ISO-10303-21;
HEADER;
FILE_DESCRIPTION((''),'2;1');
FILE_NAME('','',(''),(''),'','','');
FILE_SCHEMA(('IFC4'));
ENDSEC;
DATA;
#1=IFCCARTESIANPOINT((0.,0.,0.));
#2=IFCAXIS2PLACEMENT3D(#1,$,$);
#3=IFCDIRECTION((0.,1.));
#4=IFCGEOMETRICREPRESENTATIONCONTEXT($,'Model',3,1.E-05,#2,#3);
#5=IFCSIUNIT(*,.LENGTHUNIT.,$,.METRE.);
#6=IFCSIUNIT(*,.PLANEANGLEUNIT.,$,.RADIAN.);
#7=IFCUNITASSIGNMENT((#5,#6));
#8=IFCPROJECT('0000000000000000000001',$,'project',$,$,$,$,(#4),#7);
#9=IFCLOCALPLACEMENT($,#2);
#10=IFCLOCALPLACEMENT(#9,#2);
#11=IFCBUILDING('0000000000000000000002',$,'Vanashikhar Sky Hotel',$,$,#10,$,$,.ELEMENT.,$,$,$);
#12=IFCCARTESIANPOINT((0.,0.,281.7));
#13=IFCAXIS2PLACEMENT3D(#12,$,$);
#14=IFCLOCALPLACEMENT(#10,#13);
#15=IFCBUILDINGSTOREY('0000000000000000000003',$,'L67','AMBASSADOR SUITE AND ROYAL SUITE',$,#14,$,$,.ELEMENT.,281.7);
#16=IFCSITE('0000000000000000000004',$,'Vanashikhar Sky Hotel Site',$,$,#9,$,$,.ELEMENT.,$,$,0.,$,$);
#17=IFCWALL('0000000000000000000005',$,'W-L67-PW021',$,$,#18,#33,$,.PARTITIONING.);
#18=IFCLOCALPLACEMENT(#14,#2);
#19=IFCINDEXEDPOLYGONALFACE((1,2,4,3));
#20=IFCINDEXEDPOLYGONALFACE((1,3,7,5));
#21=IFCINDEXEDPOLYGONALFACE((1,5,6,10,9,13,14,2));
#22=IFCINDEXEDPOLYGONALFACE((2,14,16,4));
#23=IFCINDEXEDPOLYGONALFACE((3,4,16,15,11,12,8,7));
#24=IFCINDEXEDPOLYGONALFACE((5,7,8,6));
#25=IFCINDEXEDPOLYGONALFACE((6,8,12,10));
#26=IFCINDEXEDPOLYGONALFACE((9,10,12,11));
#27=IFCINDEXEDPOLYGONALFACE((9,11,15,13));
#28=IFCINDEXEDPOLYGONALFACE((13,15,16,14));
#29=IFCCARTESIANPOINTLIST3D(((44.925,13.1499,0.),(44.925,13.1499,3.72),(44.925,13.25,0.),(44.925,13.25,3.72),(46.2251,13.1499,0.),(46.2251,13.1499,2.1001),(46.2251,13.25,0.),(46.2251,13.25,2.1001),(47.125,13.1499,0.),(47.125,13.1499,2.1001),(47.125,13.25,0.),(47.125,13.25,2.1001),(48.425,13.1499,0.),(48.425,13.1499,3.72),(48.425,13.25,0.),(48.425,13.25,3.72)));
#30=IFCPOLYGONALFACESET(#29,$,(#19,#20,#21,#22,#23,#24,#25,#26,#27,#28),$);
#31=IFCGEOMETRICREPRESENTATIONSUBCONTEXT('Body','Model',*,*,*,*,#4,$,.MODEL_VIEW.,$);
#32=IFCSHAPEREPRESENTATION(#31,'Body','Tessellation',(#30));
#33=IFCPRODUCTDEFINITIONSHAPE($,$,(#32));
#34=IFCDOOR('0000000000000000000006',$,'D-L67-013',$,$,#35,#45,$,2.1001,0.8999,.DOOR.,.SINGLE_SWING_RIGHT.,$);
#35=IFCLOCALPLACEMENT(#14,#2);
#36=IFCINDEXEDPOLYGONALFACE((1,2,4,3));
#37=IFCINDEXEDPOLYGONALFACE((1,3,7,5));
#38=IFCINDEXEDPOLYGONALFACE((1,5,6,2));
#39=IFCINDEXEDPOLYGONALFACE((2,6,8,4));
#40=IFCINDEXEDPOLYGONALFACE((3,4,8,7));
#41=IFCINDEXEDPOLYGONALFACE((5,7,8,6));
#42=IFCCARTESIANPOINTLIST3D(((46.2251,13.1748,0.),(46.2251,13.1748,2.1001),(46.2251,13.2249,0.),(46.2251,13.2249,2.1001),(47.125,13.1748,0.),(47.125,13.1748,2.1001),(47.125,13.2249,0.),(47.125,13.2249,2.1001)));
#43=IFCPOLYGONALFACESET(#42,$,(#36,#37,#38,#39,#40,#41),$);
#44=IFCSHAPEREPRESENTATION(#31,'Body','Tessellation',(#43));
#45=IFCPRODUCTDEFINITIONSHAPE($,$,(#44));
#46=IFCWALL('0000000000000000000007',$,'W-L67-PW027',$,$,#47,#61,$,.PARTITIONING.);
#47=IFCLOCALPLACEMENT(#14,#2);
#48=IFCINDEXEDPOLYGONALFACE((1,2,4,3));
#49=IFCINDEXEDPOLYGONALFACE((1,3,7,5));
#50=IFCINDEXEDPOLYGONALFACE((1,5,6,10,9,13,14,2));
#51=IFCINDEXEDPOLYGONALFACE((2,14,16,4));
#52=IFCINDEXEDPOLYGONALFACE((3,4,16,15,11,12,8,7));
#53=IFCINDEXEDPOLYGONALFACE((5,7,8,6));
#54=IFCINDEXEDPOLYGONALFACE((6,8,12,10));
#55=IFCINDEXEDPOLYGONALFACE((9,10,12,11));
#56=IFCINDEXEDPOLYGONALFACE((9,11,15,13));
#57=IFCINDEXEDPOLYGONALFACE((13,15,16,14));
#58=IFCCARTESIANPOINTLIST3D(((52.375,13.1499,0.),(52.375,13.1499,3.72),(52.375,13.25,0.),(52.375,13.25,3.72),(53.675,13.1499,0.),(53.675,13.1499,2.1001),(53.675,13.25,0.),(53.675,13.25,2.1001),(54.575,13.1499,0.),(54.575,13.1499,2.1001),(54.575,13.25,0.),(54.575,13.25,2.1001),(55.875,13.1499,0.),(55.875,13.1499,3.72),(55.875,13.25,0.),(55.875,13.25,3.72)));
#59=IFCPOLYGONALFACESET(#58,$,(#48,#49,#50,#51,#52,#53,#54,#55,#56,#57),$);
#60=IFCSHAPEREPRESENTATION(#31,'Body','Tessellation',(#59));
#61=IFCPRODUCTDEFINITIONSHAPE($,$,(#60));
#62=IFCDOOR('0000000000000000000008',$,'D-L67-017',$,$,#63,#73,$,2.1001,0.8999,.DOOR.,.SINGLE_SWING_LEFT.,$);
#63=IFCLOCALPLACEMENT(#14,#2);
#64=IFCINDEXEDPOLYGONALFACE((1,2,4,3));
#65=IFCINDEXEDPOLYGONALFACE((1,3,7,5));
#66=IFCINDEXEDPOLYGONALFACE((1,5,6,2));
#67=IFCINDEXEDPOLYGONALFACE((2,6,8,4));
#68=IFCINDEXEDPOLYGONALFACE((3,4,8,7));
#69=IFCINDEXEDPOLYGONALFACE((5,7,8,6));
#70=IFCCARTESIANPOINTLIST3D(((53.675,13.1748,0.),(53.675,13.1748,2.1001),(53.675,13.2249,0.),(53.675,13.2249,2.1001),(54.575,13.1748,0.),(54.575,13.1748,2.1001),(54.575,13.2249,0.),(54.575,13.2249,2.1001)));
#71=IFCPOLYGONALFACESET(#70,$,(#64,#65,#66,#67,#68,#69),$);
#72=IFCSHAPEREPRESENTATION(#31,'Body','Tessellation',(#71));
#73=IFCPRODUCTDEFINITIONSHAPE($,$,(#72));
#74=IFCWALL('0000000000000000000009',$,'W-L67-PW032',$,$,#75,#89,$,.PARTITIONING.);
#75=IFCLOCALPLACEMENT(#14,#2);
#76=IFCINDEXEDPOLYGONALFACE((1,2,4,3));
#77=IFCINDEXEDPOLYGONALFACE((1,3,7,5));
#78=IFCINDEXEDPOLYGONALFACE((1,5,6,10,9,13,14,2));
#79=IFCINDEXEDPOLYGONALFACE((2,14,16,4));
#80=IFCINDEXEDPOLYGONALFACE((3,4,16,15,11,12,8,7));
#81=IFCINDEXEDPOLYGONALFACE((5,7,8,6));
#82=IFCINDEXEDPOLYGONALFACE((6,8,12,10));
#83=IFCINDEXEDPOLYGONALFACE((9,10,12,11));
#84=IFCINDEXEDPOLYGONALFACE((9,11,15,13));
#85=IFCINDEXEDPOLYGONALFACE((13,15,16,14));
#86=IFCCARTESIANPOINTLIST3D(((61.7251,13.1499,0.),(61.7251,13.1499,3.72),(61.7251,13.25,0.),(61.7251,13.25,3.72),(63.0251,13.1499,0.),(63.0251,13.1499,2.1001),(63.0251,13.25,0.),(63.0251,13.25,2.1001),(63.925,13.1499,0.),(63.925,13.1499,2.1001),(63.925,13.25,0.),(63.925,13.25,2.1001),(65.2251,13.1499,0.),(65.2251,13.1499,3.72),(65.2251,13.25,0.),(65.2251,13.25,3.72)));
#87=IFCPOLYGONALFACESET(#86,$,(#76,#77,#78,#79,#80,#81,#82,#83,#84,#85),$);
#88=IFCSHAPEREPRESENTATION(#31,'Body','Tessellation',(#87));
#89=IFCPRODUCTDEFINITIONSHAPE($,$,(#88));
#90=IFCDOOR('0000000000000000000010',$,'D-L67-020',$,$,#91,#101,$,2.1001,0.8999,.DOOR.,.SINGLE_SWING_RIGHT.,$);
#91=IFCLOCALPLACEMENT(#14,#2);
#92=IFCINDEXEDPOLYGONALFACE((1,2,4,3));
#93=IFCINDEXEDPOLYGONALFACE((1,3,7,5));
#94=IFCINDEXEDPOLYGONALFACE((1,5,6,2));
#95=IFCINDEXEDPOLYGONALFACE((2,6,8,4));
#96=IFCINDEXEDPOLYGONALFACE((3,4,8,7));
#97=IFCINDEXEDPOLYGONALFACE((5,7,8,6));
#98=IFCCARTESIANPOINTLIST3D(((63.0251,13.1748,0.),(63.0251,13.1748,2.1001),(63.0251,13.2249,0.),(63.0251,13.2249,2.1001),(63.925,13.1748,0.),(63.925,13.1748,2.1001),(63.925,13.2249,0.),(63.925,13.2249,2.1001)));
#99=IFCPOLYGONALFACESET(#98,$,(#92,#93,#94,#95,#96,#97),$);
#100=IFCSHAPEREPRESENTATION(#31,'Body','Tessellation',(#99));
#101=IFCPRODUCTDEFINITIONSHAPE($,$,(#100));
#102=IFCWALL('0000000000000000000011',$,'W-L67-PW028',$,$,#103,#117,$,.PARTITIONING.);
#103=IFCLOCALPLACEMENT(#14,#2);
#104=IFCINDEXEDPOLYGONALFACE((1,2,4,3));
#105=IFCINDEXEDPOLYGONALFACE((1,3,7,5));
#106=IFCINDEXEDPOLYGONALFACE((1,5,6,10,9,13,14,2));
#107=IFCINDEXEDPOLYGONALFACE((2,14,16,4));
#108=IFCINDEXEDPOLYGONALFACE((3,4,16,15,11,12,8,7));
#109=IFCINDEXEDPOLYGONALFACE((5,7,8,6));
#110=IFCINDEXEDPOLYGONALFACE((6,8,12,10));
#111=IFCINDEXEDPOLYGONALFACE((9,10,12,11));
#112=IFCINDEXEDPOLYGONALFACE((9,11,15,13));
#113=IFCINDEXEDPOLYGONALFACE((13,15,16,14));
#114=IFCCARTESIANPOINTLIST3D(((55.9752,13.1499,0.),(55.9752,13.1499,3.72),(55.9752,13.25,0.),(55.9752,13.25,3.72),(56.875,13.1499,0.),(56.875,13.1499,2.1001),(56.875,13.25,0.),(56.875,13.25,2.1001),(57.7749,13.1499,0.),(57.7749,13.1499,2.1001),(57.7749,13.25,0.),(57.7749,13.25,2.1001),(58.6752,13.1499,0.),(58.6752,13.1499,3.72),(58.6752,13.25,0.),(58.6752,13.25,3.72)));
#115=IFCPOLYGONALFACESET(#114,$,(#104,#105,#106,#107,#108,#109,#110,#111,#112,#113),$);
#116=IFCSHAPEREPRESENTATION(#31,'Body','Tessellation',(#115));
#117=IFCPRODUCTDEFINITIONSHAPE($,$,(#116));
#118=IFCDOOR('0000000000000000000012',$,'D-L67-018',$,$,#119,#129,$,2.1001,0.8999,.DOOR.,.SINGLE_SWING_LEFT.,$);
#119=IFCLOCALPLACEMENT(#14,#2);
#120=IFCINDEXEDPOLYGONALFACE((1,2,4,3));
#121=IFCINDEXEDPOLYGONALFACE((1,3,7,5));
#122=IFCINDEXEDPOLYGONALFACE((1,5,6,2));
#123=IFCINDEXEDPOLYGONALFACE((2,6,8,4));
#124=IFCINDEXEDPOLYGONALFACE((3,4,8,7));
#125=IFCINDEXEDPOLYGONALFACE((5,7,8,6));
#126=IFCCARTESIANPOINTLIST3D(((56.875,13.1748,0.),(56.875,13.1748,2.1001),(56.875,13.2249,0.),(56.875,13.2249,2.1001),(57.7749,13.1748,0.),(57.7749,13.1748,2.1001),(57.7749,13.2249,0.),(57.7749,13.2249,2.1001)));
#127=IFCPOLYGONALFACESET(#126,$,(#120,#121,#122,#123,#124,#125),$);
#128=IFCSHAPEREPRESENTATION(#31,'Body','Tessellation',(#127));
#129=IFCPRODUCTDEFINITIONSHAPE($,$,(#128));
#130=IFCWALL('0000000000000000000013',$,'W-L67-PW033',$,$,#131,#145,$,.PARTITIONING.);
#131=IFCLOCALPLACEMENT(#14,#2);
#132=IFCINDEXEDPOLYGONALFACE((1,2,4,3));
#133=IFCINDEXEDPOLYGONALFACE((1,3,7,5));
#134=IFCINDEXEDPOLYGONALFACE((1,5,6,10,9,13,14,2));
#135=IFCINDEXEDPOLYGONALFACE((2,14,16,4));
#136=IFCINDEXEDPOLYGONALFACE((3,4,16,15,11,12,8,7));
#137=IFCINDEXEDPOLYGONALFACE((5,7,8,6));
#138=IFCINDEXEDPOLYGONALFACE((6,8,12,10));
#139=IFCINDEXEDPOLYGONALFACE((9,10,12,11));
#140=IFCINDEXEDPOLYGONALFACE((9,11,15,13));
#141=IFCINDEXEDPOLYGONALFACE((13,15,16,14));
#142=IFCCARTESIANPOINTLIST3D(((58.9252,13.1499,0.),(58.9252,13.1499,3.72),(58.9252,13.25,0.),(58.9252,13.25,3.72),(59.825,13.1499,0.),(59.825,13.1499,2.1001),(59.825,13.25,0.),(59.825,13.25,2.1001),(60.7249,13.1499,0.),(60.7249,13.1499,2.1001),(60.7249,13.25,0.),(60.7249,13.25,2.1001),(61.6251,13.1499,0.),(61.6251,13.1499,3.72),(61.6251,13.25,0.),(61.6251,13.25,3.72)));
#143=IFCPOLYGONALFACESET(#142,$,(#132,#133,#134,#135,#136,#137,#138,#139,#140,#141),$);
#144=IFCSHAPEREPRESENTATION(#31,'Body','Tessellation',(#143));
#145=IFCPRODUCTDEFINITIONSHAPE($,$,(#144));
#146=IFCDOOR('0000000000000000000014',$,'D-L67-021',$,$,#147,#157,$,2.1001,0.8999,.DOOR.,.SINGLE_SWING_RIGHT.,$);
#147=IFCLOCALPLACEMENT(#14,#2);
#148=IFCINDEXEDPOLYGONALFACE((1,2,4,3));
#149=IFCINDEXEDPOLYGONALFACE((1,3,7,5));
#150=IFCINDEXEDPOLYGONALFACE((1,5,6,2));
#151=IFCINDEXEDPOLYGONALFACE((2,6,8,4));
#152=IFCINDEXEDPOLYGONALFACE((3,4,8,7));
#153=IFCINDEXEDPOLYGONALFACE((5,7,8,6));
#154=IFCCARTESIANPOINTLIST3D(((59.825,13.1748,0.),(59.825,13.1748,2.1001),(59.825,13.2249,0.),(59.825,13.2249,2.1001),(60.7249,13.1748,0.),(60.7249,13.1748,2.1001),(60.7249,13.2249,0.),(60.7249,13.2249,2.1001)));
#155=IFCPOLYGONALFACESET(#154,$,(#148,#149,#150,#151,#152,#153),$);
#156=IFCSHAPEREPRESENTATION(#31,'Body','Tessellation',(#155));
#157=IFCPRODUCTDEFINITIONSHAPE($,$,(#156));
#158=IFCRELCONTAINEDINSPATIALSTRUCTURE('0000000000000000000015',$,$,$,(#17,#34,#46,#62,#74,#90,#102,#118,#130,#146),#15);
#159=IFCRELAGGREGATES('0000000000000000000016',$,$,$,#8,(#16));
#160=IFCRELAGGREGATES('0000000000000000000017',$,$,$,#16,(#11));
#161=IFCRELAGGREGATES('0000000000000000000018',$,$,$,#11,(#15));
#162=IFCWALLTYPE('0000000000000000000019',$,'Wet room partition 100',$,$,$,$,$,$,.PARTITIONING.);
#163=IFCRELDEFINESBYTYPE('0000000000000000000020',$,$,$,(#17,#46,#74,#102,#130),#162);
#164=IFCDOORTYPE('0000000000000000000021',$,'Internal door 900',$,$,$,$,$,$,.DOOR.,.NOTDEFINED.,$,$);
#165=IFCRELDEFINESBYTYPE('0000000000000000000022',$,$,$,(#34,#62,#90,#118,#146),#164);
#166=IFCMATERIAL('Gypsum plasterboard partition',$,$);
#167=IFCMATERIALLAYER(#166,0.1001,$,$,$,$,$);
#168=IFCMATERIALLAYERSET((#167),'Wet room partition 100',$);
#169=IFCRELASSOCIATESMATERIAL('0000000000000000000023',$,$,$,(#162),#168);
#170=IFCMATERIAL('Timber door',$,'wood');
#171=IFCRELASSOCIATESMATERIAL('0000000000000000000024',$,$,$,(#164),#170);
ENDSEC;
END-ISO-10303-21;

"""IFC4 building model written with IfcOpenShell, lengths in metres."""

from ifc_helpers import new_model, si_unit, direction, frame, frame_2d, origin, place, context, subcontext, project, spatial, rectangle, extrude, source, transform, mapped, material, layer, layer_set, type_object, element, fill, save


model = new_model("IFC4")

# Units and contexts
model_context = context("Model", 3, precision=1e-05, world=origin(), true_north=direction((0.0, 1.0)))
body_context = subcontext(model_context, "Body", "Model", "MODEL_VIEW")
ifc_project = project(units=[si_unit("LENGTHUNIT", "METRE"), si_unit("PLANEANGLEUNIT", "RADIAN")], contexts=[model_context])

# Site, building, storey
site_placement = place(None, origin())
site = spatial("IfcSite", under=ifc_project, at=site_placement, Name="Vanashikhar Sky Hotel Site", CompositionType="ELEMENT", RefElevation=0.0)
building_placement = place(site_placement, origin())
building = spatial("IfcBuilding", under=site, at=building_placement, Name="Vanashikhar Sky Hotel", CompositionType="ELEMENT")
storey_placement = place(building_placement, frame((0.0, 0.0, 281.7)))
storey = spatial("IfcBuildingStorey", under=building, at=storey_placement, Name="L67", Description="AMBASSADOR SUITE AND ROYAL SUITE", CompositionType="ELEMENT", Elevation=281.7)

# Shared definitions
ifc_material_1 = material(Name="Gypsum plasterboard partition")
ifc_layer_1 = layer(ifc_material_1, 0.1001)
ifc_layer_set_1 = layer_set([ifc_layer_1], Name="Wet room partition 100")
wall_type_1 = type_object("IfcWallType", Name="Wet room partition 100", PredefinedType="PARTITIONING", material=ifc_layer_set_1)

# Walls, openings, doors
shared_shape_1 = source(origin(), body_context, "Body", "SweptSolid", [
    extrude(rectangle(XDim=3.5, YDim=0.1001, at=frame_2d((1.75, 0.0))), origin(), (0.0, 0.0, 1.0), 3.72),
])
wall_1_placement = place(storey_placement, frame((44.925, 13.2, 0.0), z_axis=(0.0, 0.0, 1.0), x_axis=(1.0, 0.0, 0.0)))
wall_1 = element("IfcWall", 1, at=wall_1_placement, inside=storey, type_object=wall_type_1, Name="W-L67-PW021", PredefinedType="PARTITIONING", context=body_context, shape_type="MappedRepresentation", body=[
    mapped(shared_shape_1, transform((0.0, 0.0, 0.0), scale=1.0)),
])
shared_shape_2 = source(origin(), body_context, "Body", "SweptSolid", [
    extrude(rectangle(XDim=0.8999, YDim=2.1001, at=frame_2d((0.45, 1.05))), frame((0.0, 0.0601, 0.0), z_axis=(0.0, -1.0, 0.0), x_axis=(1.0, 0.0, 0.0)), (0.0, 0.0, 1.0), 0.1201),
])
opening_1_placement = place(wall_1_placement, frame((1.3, 0.0, 0.0)))
opening_1 = element("IfcOpeningElement", 2, at=opening_1_placement, cuts=wall_1, PredefinedType="OPENING", context=body_context, shape_type="MappedRepresentation", body=[
    mapped(shared_shape_2, transform((0.0, 0.0, 0.0), scale=1.0)),
])
ifc_material_2 = material(Name="Timber door", Category="wood")
door_type_1 = type_object("IfcDoorType", Name="Internal door 900", OperationType="NOTDEFINED", PredefinedType="DOOR", material=ifc_material_2)
shared_shape_3 = source(origin(), body_context, "Body", "SweptSolid", [
    extrude(rectangle(XDim=0.8999, YDim=2.1001, at=frame_2d((0.45, 1.05))), frame((0.0, 0.0249, 0.0), z_axis=(0.0, -1.0, 0.0), x_axis=(1.0, 0.0, 0.0)), (0.0, 0.0, 1.0), 0.05),
])
door_1_placement = place(opening_1_placement, origin())
door_1 = element("IfcDoor", 3, at=door_1_placement, inside=storey, type_object=door_type_1, Name="D-L67-013", OperationType="SINGLE_SWING_RIGHT", OverallHeight=2.1001, OverallWidth=0.8999, PredefinedType="DOOR", context=body_context, shape_type="MappedRepresentation", body=[
    mapped(shared_shape_3, transform((0.0, 0.0, 0.0), scale=1.0)),
])
fill(opening_1, door_1)
wall_2_placement = place(storey_placement, frame((52.375, 13.2, 0.0), z_axis=(0.0, 0.0, 1.0), x_axis=(1.0, 0.0, 0.0)))
wall_2 = element("IfcWall", 4, at=wall_2_placement, inside=storey, type_object=wall_type_1, Name="W-L67-PW027", PredefinedType="PARTITIONING", context=body_context, shape_type="MappedRepresentation", body=[
    mapped(shared_shape_1, transform((0.0, 0.0, 0.0), scale=1.0)),
])
opening_2_placement = place(wall_2_placement, frame((1.3, 0.0, 0.0)))
opening_2 = element("IfcOpeningElement", 5, at=opening_2_placement, cuts=wall_2, PredefinedType="OPENING", context=body_context, shape_type="MappedRepresentation", body=[
    mapped(shared_shape_2, transform((0.0, 0.0, 0.0), scale=1.0)),
])
door_2_placement = place(opening_2_placement, origin())
door_2 = element("IfcDoor", 6, at=door_2_placement, inside=storey, type_object=door_type_1, Name="D-L67-017", OperationType="SINGLE_SWING_LEFT", OverallHeight=2.1001, OverallWidth=0.8999, PredefinedType="DOOR", context=body_context, shape_type="MappedRepresentation", body=[
    mapped(shared_shape_3, transform((0.0, 0.0, 0.0), scale=1.0)),
])
fill(opening_2, door_2)
wall_3_placement = place(storey_placement, frame((61.7251, 13.2, 0.0), z_axis=(0.0, 0.0, 1.0), x_axis=(1.0, 0.0, 0.0)))
wall_3 = element("IfcWall", 7, at=wall_3_placement, inside=storey, type_object=wall_type_1, Name="W-L67-PW032", PredefinedType="PARTITIONING", context=body_context, shape_type="MappedRepresentation", body=[
    mapped(shared_shape_1, transform((0.0, 0.0, 0.0), scale=1.0)),
])
opening_3_placement = place(wall_3_placement, frame((1.3, 0.0, 0.0)))
opening_3 = element("IfcOpeningElement", 8, at=opening_3_placement, cuts=wall_3, PredefinedType="OPENING", context=body_context, shape_type="MappedRepresentation", body=[
    mapped(shared_shape_2, transform((0.0, 0.0, 0.0), scale=1.0)),
])
door_3_placement = place(opening_3_placement, origin())
door_3 = element("IfcDoor", 9, at=door_3_placement, inside=storey, type_object=door_type_1, Name="D-L67-020", OperationType="SINGLE_SWING_RIGHT", OverallHeight=2.1001, OverallWidth=0.8999, PredefinedType="DOOR", context=body_context, shape_type="MappedRepresentation", body=[
    mapped(shared_shape_3, transform((0.0, 0.0, 0.0), scale=1.0)),
])
fill(opening_3, door_3)
shared_shape_4 = source(origin(), body_context, "Body", "SweptSolid", [
    extrude(rectangle(XDim=2.7, YDim=0.1001, at=frame_2d((1.3501, 0.0))), origin(), (0.0, 0.0, 1.0), 3.72),
])
wall_4_placement = place(storey_placement, frame((55.9751, 13.2, 0.0), z_axis=(0.0, 0.0, 1.0), x_axis=(1.0, 0.0, 0.0)))
wall_4 = element("IfcWall", 10, at=wall_4_placement, inside=storey, type_object=wall_type_1, Name="W-L67-PW028", PredefinedType="PARTITIONING", context=body_context, shape_type="MappedRepresentation", body=[
    mapped(shared_shape_4, transform((0.0, 0.0, 0.0), scale=1.0)),
])
opening_4_placement = place(wall_4_placement, frame((0.8999, 0.0, 0.0)))
opening_4 = element("IfcOpeningElement", 11, at=opening_4_placement, cuts=wall_4, PredefinedType="OPENING", context=body_context, shape_type="MappedRepresentation", body=[
    mapped(shared_shape_2, transform((0.0, 0.0, 0.0), scale=1.0)),
])
door_4_placement = place(opening_4_placement, origin())
door_4 = element("IfcDoor", 12, at=door_4_placement, inside=storey, type_object=door_type_1, Name="D-L67-018", OperationType="SINGLE_SWING_LEFT", OverallHeight=2.1001, OverallWidth=0.8999, PredefinedType="DOOR", context=body_context, shape_type="MappedRepresentation", body=[
    mapped(shared_shape_3, transform((0.0, 0.0, 0.0), scale=1.0)),
])
fill(opening_4, door_4)
wall_5_placement = place(storey_placement, frame((58.925, 13.2, 0.0), z_axis=(0.0, 0.0, 1.0), x_axis=(1.0, 0.0, 0.0)))
wall_5 = element("IfcWall", 13, at=wall_5_placement, inside=storey, type_object=wall_type_1, Name="W-L67-PW033", PredefinedType="PARTITIONING", context=body_context, shape_type="MappedRepresentation", body=[
    mapped(shared_shape_4, transform((0.0, 0.0, 0.0), scale=1.0)),
])
opening_5_placement = place(wall_5_placement, frame((0.8999, 0.0, 0.0)))
opening_5 = element("IfcOpeningElement", 14, at=opening_5_placement, cuts=wall_5, PredefinedType="OPENING", context=body_context, shape_type="MappedRepresentation", body=[
    mapped(shared_shape_2, transform((0.0, 0.0, 0.0), scale=1.0)),
])
door_5_placement = place(opening_5_placement, origin())
door_5 = element("IfcDoor", 15, at=door_5_placement, inside=storey, type_object=door_type_1, Name="D-L67-021", OperationType="SINGLE_SWING_RIGHT", OverallHeight=2.1001, OverallWidth=0.8999, PredefinedType="DOOR", context=body_context, shape_type="MappedRepresentation", body=[
    mapped(shared_shape_3, transform((0.0, 0.0, 0.0), scale=1.0)),
])
fill(opening_5, door_5)

save(model, "model.ifc")
